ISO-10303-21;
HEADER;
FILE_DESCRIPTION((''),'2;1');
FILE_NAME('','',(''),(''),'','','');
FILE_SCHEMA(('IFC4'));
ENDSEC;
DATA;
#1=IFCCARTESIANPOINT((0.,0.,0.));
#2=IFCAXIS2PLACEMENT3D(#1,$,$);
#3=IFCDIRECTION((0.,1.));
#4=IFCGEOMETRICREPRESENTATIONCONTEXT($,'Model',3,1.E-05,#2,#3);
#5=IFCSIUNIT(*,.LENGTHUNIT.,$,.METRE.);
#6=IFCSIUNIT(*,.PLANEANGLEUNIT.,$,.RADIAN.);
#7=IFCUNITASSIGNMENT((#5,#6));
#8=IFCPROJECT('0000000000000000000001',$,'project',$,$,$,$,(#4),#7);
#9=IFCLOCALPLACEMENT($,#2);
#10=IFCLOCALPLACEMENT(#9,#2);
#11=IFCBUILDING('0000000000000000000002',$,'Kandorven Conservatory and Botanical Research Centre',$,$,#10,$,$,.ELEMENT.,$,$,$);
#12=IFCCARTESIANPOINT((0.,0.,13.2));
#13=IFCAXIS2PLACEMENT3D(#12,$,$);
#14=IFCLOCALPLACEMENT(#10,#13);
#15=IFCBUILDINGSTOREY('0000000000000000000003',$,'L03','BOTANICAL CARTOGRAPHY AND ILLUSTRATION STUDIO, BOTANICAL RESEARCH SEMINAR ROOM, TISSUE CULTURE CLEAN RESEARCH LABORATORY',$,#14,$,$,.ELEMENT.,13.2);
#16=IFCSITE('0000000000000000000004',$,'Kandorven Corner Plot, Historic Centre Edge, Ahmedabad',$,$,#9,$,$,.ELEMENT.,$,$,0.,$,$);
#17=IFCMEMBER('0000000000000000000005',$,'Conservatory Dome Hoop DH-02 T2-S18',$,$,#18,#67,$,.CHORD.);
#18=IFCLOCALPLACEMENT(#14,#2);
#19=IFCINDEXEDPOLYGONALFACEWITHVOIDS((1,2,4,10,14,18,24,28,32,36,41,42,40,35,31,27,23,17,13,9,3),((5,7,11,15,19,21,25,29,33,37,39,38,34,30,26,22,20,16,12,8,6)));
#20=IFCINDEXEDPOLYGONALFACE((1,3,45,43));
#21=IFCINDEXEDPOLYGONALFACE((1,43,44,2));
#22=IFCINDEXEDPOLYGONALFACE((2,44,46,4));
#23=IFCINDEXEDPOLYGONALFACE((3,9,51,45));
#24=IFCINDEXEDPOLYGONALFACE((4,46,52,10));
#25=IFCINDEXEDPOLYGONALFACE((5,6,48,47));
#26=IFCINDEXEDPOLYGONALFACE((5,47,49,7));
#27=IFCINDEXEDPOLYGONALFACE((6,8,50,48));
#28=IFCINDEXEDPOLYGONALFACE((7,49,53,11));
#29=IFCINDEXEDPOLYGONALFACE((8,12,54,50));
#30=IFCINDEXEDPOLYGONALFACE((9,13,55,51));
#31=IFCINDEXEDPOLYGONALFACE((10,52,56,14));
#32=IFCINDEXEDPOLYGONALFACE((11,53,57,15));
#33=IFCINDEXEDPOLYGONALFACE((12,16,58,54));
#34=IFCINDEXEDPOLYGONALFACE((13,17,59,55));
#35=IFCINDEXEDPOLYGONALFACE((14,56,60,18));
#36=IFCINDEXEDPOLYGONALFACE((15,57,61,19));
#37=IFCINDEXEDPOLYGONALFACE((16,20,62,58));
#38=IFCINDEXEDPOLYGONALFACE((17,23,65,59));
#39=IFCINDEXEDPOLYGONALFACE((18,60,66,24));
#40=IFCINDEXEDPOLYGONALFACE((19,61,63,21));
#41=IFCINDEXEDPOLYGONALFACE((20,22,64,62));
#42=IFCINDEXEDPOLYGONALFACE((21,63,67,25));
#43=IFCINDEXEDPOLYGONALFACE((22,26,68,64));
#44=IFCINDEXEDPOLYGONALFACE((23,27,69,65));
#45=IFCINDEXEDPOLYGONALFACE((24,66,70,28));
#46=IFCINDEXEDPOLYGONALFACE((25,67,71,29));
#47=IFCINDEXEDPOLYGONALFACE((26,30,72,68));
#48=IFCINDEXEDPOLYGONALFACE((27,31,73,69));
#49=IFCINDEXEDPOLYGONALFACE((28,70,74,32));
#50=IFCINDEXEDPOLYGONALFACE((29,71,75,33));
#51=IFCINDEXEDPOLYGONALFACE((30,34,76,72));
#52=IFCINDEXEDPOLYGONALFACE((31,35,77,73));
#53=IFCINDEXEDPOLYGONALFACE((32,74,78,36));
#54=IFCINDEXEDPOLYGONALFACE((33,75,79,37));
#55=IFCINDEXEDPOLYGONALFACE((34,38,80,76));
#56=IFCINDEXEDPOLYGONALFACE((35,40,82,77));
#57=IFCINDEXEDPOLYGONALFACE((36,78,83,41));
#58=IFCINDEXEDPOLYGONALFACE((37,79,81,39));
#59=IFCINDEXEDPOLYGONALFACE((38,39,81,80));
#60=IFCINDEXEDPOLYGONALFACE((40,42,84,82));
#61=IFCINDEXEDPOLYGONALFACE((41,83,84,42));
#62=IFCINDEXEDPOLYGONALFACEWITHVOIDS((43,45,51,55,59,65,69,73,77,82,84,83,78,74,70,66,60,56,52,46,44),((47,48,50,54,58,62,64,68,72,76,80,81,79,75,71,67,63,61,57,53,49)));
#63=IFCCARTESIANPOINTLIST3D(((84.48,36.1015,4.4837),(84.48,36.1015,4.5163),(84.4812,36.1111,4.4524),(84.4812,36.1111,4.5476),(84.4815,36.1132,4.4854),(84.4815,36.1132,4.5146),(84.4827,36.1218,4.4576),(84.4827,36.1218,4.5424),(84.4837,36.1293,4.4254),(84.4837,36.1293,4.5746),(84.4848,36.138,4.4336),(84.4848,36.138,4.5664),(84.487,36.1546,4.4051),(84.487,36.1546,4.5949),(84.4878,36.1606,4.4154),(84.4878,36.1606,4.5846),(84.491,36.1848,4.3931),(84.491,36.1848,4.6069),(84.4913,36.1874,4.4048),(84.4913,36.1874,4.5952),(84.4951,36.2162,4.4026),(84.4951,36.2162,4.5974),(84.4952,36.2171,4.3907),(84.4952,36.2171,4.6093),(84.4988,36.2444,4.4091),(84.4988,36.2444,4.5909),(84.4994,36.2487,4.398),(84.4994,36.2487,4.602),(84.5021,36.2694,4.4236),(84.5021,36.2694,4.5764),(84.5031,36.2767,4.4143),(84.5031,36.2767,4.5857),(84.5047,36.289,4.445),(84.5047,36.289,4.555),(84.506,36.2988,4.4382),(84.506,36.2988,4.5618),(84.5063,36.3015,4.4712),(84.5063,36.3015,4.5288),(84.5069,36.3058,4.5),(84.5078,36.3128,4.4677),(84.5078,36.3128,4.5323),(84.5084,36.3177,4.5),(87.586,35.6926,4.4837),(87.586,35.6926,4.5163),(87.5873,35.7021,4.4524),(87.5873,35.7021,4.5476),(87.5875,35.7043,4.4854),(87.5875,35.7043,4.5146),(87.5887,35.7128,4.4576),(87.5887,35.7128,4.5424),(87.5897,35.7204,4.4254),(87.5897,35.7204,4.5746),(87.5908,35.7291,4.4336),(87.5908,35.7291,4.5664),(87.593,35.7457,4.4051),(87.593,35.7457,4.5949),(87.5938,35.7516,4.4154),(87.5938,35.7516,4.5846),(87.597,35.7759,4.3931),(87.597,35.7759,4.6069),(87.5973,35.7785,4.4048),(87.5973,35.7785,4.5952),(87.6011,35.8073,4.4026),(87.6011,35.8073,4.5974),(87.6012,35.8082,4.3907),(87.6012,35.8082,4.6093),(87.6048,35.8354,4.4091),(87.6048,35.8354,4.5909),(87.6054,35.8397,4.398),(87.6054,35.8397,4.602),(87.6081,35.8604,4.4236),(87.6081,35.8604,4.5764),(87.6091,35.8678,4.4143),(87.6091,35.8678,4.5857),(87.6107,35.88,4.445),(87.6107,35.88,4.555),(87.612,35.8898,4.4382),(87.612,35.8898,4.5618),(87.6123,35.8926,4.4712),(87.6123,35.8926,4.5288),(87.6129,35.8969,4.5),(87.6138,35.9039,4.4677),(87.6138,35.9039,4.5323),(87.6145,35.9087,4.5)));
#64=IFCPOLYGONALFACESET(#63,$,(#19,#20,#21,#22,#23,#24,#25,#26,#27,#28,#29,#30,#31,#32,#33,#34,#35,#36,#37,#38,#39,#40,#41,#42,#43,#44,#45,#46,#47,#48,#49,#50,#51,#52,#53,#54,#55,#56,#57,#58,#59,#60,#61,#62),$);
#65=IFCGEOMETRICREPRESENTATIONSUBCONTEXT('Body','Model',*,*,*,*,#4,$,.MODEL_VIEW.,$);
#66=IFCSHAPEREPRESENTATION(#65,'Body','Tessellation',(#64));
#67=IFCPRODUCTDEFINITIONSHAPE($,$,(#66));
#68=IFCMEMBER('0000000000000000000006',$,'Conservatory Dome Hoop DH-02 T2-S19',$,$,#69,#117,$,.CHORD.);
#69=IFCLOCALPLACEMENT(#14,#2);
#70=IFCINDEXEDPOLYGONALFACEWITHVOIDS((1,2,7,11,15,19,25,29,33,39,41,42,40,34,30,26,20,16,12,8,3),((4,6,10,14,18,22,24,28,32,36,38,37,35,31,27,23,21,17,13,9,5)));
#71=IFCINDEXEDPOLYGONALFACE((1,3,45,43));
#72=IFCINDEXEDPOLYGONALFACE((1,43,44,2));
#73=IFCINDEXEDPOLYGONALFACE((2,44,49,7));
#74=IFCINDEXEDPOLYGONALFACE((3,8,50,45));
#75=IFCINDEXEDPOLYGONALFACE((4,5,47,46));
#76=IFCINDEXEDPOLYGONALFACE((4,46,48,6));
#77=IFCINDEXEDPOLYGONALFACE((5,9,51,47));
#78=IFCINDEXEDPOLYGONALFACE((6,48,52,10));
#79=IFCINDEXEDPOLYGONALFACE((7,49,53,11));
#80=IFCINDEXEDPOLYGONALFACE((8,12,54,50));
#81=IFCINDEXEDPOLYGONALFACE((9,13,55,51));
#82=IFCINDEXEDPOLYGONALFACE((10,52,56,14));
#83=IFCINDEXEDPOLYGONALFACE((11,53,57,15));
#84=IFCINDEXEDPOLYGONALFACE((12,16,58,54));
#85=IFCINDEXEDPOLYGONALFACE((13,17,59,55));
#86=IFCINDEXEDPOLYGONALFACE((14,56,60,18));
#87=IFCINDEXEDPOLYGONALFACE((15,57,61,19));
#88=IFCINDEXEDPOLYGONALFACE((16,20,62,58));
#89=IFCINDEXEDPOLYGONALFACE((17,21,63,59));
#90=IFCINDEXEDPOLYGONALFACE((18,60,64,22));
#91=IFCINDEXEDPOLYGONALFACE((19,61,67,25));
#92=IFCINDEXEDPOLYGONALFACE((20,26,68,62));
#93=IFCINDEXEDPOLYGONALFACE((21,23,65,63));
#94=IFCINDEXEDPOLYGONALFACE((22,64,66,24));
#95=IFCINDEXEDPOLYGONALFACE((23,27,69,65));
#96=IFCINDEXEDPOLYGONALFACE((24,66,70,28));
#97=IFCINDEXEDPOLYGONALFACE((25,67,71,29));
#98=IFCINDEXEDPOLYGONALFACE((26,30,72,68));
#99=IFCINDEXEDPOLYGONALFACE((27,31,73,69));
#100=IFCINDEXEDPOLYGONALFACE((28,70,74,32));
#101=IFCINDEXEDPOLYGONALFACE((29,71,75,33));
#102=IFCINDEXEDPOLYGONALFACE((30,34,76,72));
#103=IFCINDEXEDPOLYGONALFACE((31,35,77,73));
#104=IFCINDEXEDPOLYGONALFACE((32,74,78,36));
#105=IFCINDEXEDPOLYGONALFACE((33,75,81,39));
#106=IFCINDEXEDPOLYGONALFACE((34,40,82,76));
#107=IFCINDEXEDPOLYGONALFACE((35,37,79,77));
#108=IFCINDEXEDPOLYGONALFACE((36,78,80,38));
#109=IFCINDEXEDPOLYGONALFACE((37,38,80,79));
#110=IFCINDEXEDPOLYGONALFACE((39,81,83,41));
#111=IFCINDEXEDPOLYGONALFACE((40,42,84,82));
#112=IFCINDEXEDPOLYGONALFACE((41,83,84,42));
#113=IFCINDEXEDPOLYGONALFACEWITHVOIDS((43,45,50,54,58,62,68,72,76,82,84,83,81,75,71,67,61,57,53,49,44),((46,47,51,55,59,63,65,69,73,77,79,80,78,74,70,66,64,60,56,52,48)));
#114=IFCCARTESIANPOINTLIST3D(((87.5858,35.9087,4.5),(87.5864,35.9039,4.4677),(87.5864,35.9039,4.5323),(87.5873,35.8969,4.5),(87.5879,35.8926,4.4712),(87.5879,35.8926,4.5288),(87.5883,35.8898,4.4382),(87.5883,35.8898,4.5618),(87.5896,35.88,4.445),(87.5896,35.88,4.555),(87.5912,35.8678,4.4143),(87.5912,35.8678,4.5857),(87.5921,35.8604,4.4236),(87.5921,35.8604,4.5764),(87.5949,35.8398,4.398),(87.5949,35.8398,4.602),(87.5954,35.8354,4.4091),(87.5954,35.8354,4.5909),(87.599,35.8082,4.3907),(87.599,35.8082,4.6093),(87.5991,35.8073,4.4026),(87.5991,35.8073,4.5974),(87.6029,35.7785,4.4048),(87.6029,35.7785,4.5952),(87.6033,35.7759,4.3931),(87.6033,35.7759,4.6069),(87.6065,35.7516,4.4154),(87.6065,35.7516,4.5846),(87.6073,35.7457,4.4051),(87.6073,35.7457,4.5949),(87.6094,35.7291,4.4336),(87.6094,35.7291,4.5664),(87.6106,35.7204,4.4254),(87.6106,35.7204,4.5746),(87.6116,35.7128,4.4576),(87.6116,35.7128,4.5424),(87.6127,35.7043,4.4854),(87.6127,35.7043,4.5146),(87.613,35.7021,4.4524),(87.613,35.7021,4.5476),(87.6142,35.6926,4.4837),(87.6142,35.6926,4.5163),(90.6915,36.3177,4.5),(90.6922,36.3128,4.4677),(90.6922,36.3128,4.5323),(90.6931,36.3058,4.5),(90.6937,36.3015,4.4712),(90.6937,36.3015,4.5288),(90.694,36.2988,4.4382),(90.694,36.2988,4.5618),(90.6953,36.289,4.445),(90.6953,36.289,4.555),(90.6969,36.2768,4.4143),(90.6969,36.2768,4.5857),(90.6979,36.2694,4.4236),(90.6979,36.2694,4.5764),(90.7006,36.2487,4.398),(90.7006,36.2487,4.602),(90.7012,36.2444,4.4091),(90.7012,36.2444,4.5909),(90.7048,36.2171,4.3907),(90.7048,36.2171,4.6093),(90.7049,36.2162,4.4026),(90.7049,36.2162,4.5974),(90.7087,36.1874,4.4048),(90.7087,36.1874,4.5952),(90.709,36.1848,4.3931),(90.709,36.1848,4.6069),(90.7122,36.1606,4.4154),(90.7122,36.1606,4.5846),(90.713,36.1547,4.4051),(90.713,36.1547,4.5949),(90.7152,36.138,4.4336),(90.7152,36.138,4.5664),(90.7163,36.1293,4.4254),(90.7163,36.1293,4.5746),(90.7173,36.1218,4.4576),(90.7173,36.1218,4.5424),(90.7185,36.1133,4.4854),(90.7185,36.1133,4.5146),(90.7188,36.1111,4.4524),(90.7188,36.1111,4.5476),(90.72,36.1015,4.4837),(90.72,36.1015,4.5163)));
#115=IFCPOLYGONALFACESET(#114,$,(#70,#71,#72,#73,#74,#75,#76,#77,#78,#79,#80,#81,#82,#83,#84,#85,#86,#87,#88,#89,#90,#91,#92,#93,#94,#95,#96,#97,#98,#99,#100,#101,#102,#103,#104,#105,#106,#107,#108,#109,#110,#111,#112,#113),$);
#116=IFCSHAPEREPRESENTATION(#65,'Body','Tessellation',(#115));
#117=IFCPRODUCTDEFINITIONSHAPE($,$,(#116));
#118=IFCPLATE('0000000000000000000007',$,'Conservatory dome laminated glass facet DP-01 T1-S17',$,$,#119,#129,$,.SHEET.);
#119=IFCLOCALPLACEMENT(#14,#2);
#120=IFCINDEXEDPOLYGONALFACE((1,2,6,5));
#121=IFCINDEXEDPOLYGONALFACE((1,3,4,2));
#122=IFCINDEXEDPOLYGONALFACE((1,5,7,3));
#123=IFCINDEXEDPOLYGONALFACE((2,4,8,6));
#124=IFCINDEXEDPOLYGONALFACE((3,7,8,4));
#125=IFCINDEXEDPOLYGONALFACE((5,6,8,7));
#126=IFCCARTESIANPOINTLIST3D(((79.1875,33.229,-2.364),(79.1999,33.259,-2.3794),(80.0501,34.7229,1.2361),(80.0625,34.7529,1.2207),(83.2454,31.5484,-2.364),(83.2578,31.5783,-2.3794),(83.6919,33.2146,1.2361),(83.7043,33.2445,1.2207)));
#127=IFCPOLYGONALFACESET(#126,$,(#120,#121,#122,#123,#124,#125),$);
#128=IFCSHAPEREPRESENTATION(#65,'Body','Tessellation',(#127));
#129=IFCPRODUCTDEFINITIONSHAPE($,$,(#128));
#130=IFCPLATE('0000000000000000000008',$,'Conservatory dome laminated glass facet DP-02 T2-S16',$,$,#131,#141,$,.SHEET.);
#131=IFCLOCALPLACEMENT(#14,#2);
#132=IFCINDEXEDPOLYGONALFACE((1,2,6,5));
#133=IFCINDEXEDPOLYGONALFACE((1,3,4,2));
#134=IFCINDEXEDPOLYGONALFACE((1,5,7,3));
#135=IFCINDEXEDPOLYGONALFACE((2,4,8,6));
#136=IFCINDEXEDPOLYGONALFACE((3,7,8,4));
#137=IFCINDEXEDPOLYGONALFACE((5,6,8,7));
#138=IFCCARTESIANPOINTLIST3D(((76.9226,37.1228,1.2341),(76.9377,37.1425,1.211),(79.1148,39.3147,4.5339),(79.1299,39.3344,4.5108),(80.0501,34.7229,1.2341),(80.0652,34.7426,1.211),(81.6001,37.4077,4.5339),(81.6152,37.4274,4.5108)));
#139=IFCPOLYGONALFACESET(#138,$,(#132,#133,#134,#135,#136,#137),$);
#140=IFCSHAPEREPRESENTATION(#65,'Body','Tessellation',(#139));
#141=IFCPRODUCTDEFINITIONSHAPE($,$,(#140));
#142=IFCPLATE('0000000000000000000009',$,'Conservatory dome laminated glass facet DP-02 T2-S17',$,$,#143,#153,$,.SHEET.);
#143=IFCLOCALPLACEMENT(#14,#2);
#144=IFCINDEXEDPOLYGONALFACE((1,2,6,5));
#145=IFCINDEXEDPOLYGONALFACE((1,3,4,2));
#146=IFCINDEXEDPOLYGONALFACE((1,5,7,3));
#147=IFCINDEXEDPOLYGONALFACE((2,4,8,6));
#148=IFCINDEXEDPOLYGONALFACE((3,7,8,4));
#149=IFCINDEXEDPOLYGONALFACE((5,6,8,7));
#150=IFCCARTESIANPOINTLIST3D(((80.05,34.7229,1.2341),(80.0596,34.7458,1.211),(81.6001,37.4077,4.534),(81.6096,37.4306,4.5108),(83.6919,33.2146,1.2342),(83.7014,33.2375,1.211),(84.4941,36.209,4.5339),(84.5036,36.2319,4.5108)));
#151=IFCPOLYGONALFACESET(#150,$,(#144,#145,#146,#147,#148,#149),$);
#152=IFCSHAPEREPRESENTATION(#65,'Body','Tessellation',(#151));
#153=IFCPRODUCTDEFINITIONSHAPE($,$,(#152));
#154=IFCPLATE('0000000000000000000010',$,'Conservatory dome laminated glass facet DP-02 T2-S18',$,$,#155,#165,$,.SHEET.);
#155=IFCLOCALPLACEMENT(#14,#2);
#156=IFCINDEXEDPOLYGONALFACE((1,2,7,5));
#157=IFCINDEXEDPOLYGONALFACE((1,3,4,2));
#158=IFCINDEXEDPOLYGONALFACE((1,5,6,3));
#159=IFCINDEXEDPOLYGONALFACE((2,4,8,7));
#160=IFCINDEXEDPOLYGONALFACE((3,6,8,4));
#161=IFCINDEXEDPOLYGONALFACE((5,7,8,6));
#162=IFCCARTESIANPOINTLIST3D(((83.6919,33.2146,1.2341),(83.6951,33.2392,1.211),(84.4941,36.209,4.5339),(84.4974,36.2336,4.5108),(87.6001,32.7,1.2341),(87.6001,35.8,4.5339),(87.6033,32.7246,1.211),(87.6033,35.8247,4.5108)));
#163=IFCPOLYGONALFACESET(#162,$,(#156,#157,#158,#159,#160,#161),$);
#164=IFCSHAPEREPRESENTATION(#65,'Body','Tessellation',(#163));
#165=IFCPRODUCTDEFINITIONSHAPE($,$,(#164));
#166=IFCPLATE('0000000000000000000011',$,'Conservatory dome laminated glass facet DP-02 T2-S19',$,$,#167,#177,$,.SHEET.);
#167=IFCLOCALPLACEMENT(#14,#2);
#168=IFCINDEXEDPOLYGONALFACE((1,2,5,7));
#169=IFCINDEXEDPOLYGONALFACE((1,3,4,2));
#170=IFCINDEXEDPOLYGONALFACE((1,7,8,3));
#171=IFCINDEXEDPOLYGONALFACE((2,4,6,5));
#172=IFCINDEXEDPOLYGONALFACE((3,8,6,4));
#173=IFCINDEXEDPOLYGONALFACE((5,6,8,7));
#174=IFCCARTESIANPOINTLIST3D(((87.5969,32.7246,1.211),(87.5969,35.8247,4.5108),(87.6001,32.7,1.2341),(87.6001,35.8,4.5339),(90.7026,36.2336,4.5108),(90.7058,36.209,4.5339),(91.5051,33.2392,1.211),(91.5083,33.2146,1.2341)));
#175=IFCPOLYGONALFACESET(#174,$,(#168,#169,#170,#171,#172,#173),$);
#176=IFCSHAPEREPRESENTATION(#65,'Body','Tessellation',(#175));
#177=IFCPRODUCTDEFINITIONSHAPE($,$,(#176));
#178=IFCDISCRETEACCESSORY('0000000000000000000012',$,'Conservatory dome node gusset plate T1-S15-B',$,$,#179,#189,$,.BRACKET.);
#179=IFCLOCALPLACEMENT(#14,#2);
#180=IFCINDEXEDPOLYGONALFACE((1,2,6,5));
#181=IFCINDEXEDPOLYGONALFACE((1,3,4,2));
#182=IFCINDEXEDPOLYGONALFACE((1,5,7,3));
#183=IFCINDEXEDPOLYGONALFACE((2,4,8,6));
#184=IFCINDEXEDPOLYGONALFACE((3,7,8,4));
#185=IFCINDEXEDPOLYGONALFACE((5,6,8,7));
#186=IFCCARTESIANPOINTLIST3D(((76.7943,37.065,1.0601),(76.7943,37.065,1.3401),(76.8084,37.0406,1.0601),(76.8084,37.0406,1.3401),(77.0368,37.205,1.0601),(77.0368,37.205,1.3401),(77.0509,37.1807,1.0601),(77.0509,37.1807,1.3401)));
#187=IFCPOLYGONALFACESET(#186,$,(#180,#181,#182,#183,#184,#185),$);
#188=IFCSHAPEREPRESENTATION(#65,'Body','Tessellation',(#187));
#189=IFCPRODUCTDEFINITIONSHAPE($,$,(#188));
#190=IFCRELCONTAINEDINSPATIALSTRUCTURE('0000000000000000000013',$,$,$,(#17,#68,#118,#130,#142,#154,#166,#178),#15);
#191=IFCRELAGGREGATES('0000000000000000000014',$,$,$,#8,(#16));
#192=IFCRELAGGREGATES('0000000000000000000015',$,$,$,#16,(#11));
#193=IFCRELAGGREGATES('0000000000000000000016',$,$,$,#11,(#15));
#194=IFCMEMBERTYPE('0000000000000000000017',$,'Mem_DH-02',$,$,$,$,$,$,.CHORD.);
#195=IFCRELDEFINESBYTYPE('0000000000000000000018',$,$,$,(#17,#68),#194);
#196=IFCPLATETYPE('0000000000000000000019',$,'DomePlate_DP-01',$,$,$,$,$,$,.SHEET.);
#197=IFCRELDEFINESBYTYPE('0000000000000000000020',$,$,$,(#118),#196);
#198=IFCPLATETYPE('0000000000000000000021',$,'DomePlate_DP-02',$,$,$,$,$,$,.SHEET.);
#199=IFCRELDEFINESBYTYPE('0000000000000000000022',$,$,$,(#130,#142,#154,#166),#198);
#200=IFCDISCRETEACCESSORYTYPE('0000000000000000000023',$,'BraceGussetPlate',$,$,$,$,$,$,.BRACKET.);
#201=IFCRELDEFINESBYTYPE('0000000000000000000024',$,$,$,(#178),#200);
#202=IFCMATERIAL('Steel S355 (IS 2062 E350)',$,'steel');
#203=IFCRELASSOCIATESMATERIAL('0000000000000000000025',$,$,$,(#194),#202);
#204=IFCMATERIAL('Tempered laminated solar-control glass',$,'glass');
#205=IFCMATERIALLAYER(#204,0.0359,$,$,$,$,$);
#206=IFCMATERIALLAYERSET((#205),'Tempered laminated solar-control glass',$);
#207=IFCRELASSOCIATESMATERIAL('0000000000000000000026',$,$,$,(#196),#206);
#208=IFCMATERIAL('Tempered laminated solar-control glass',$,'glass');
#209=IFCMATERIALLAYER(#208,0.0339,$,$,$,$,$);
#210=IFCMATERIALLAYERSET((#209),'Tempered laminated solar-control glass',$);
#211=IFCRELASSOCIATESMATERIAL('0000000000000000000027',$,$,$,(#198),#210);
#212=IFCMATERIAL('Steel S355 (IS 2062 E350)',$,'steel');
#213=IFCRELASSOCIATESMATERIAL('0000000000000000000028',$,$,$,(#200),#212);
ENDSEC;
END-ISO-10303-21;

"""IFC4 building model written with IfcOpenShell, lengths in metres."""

from ifc_helpers import new_model, si_unit, direction, frame, origin, origin_2d, place, context, subcontext, project, spatial, polyline, rectangle, hollow_circle, outline, extrude, material, layer, layer_set, material_profile, profile_set, type_object, element, save


model = new_model("IFC4")

# Units and contexts
model_context = context("Model", 3, precision=1e-05, world=origin(), true_north=direction((0.0, 1.0)))
body_context = subcontext(model_context, "Body", "Model", "MODEL_VIEW")
ifc_project = project(units=[si_unit("LENGTHUNIT", "METRE"), si_unit("PLANEANGLEUNIT", "RADIAN")], contexts=[model_context])

# Site, building, storey
site_placement = place(None, origin())
site = spatial("IfcSite", under=ifc_project, at=site_placement, Name="Kandorven Corner Plot, Historic Centre Edge, Ahmedabad", CompositionType="ELEMENT", RefElevation=0.0)
building_placement = place(site_placement, origin())
building = spatial("IfcBuilding", under=site, at=building_placement, Name="Kandorven Conservatory and Botanical Research Centre", CompositionType="ELEMENT")
storey_placement = place(building_placement, frame((0.0, 0.0, 13.2)))
storey = spatial("IfcBuildingStorey", under=building, at=storey_placement, Name="L03", Description="BOTANICAL CARTOGRAPHY AND ILLUSTRATION STUDIO, BOTANICAL RESEARCH SEMINAR ROOM, TISSUE CULTURE CLEAN RESEARCH LABORATORY", CompositionType="ELEMENT", Elevation=13.2)

# Members
ifc_material_1 = material(Name="Steel S355 (IS 2062 E350)", Category="steel")
ifc_material_profile_1 = material_profile(ifc_material_1, hollow_circle(Radius=0.1096, WallThickness=0.012, at=origin_2d()))
ifc_profile_set_1 = profile_set([ifc_material_profile_1], Name="Steel S355 (IS 2062 E350)")
member_type_1 = type_object("IfcMemberType", Name="Mem_DH-02", PredefinedType="CHORD", material=ifc_profile_set_1)
member_1_placement = place(storey_placement, frame((84.4941, 36.209, 4.5), z_axis=(0.991444, -0.130535, 0.0), x_axis=(0.130535, 0.991444, 0.0)))
element("IfcMember", 1, at=member_1_placement, inside=storey, type_object=member_type_1, Name="Conservatory Dome Hoop DH-02 T2-S18", PredefinedType="CHORD", context=body_context, shape_type="SweptSolid", body=[
    extrude(hollow_circle(Radius=0.1096, WallThickness=0.012, at=origin_2d()), origin(), (0.0, 0.0, 1.0), 3.1328),
])
member_2_placement = place(storey_placement, frame((87.6001, 35.8, 4.5), z_axis=(0.991442, 0.130545, 0.0), x_axis=(-0.130545, 0.991442, 0.0)))
element("IfcMember", 2, at=member_2_placement, inside=storey, type_object=member_type_1, Name="Conservatory Dome Hoop DH-02 T2-S19", PredefinedType="CHORD", context=body_context, shape_type="SweptSolid", body=[
    extrude(hollow_circle(Radius=0.1096, WallThickness=0.012, at=origin_2d()), origin(), (0.0, 0.0, 1.0), 3.1326),
])

# Plates
ifc_material_2 = material(Name="Tempered laminated solar-control glass", Category="glass")
ifc_layer_1 = layer(ifc_material_2, 0.0359)
ifc_layer_set_1 = layer_set([ifc_layer_1], Name="Tempered laminated solar-control glass")
plate_type_1 = type_object("IfcPlateType", Name="DomePlate_DP-01", PredefinedType="SHEET", material=ifc_layer_set_1)
plate_1_placement = place(storey_placement, frame((79.1875, 33.229, -2.364), z_axis=(-0.345627, -0.834512, 0.429105), x_axis=(0.923894, -0.382648, -0.000003)))
element("IfcPlate", 3, at=plate_1_placement, inside=storey, type_object=plate_type_1, Name="Conservatory dome laminated glass facet DP-01 T1-S17", PredefinedType="SHEET", context=body_context, shape_type="SweptSolid", body=[
    extrude(outline(polyline([(0.0, 0.0), (4.3921, 0.0), (4.1671, 3.9857), (0.2253, 3.9857), (0.0, 0.0)])), origin(), (0.0, 0.0, -1.0), 0.0359),
])
ifc_material_3 = material(Name="Tempered laminated solar-control glass", Category="glass")
ifc_layer_2 = layer(ifc_material_3, 0.0339)
ifc_layer_set_2 = layer_set([ifc_layer_2], Name="Tempered laminated solar-control glass")
plate_type_2 = type_object("IfcPlateType", Name="DomePlate_DP-02", PredefinedType="SHEET", material=ifc_layer_set_2)
plate_2_placement = place(storey_placement, frame((76.9226, 37.1228, 1.2341), z_axis=(-0.445464, -0.580535, 0.681572), x_axis=(0.793344, -0.608773, -0.000011)))
element("IfcPlate", 4, at=plate_2_placement, inside=storey, type_object=plate_type_2, Name="Conservatory dome laminated glass facet DP-02 T2-S16", PredefinedType="SHEET", context=body_context, shape_type="SweptSolid", body=[
    extrude(outline(polyline([(0.0, 0.0), (3.9421, 0.0), (3.5374, 4.5095), (0.4047, 4.5094), (0.0, 0.0)])), origin(), (0.0, 0.0, -1.0), 0.0339),
])
plate_3_placement = place(storey_placement, frame((80.05, 34.7229, 1.2341), z_axis=(-0.280009, -0.676056, 0.681574), x_axis=(0.923894, -0.382649, 0.000009)))
element("IfcPlate", 5, at=plate_3_placement, inside=storey, type_object=plate_type_2, Name="Conservatory dome laminated glass facet DP-02 T2-S17", PredefinedType="SHEET", context=body_context, shape_type="SweptSolid", body=[
    extrude(outline(polyline([(0.0, 0.0), (3.9418, 0.0), (3.5373, 4.5094), (0.4048, 4.5095), (0.0, 0.0)])), origin(), (0.0, 0.0, -1.0), 0.0339),
])
plate_4_placement = place(storey_placement, frame((83.6919, 33.2146, 1.2341), z_axis=(-0.095528, -0.725488, 0.681573), x_axis=(0.991441, -0.130552, -0.000005)))
element("IfcPlate", 6, at=plate_4_placement, inside=storey, type_object=plate_type_2, Name="Conservatory dome laminated glass facet DP-02 T2-S18", PredefinedType="SHEET", context=body_context, shape_type="SweptSolid", body=[
    extrude(outline(polyline([(0.0, 0.0), (3.9419, 0.0), (3.5372, 4.5095), (0.4044, 4.5094), (0.0, 0.0)])), origin(), (0.0, 0.0, -1.0), 0.0339),
])
plate_5_placement = place(storey_placement, frame((87.6001, 32.7, 1.2341), z_axis=(0.095531, -0.725486, 0.681574), x_axis=(0.991441, 0.130554, 0.000003)))
element("IfcPlate", 7, at=plate_5_placement, inside=storey, type_object=plate_type_2, Name="Conservatory dome laminated glass facet DP-02 T2-S19", PredefinedType="SHEET", context=body_context, shape_type="SweptSolid", body=[
    extrude(outline(polyline([(0.0, 0.0), (3.9419, 0.0), (3.5373, 4.5095), (0.4047, 4.5095), (0.0, 0.0)])), origin(), (0.0, 0.0, -1.0), 0.0339),
])

# Discrete accessory
ifc_material_4 = material(Name="Steel S355 (IS 2062 E350)", Category="steel")
discrete_accessory_type = type_object("IfcDiscreteAccessoryType", Name="BraceGussetPlate", PredefinedType="BRACKET", material=ifc_material_4)
for number, where, z_axis, x_axis, name in (
    (8, (76.9226, 37.1228, 1.0601), (0.0, 0.0, 1.0), (-0.866025, -0.5, 0.0), "Conservatory dome node gusset plate T1-S15-B"),
):
    element("IfcDiscreteAccessory", number, at=place(storey_placement, frame(where, z_axis=z_axis, x_axis=x_axis)), inside=storey, type_object=discrete_accessory_type, Name=name, PredefinedType="BRACKET", context=body_context, shape_type="SweptSolid", body=[
        extrude(rectangle(XDim=0.28, YDim=0.0281, at=origin_2d()), origin(), (0.0, 0.0, 1.0), 0.28),
    ])

save(model, "model.ifc")
